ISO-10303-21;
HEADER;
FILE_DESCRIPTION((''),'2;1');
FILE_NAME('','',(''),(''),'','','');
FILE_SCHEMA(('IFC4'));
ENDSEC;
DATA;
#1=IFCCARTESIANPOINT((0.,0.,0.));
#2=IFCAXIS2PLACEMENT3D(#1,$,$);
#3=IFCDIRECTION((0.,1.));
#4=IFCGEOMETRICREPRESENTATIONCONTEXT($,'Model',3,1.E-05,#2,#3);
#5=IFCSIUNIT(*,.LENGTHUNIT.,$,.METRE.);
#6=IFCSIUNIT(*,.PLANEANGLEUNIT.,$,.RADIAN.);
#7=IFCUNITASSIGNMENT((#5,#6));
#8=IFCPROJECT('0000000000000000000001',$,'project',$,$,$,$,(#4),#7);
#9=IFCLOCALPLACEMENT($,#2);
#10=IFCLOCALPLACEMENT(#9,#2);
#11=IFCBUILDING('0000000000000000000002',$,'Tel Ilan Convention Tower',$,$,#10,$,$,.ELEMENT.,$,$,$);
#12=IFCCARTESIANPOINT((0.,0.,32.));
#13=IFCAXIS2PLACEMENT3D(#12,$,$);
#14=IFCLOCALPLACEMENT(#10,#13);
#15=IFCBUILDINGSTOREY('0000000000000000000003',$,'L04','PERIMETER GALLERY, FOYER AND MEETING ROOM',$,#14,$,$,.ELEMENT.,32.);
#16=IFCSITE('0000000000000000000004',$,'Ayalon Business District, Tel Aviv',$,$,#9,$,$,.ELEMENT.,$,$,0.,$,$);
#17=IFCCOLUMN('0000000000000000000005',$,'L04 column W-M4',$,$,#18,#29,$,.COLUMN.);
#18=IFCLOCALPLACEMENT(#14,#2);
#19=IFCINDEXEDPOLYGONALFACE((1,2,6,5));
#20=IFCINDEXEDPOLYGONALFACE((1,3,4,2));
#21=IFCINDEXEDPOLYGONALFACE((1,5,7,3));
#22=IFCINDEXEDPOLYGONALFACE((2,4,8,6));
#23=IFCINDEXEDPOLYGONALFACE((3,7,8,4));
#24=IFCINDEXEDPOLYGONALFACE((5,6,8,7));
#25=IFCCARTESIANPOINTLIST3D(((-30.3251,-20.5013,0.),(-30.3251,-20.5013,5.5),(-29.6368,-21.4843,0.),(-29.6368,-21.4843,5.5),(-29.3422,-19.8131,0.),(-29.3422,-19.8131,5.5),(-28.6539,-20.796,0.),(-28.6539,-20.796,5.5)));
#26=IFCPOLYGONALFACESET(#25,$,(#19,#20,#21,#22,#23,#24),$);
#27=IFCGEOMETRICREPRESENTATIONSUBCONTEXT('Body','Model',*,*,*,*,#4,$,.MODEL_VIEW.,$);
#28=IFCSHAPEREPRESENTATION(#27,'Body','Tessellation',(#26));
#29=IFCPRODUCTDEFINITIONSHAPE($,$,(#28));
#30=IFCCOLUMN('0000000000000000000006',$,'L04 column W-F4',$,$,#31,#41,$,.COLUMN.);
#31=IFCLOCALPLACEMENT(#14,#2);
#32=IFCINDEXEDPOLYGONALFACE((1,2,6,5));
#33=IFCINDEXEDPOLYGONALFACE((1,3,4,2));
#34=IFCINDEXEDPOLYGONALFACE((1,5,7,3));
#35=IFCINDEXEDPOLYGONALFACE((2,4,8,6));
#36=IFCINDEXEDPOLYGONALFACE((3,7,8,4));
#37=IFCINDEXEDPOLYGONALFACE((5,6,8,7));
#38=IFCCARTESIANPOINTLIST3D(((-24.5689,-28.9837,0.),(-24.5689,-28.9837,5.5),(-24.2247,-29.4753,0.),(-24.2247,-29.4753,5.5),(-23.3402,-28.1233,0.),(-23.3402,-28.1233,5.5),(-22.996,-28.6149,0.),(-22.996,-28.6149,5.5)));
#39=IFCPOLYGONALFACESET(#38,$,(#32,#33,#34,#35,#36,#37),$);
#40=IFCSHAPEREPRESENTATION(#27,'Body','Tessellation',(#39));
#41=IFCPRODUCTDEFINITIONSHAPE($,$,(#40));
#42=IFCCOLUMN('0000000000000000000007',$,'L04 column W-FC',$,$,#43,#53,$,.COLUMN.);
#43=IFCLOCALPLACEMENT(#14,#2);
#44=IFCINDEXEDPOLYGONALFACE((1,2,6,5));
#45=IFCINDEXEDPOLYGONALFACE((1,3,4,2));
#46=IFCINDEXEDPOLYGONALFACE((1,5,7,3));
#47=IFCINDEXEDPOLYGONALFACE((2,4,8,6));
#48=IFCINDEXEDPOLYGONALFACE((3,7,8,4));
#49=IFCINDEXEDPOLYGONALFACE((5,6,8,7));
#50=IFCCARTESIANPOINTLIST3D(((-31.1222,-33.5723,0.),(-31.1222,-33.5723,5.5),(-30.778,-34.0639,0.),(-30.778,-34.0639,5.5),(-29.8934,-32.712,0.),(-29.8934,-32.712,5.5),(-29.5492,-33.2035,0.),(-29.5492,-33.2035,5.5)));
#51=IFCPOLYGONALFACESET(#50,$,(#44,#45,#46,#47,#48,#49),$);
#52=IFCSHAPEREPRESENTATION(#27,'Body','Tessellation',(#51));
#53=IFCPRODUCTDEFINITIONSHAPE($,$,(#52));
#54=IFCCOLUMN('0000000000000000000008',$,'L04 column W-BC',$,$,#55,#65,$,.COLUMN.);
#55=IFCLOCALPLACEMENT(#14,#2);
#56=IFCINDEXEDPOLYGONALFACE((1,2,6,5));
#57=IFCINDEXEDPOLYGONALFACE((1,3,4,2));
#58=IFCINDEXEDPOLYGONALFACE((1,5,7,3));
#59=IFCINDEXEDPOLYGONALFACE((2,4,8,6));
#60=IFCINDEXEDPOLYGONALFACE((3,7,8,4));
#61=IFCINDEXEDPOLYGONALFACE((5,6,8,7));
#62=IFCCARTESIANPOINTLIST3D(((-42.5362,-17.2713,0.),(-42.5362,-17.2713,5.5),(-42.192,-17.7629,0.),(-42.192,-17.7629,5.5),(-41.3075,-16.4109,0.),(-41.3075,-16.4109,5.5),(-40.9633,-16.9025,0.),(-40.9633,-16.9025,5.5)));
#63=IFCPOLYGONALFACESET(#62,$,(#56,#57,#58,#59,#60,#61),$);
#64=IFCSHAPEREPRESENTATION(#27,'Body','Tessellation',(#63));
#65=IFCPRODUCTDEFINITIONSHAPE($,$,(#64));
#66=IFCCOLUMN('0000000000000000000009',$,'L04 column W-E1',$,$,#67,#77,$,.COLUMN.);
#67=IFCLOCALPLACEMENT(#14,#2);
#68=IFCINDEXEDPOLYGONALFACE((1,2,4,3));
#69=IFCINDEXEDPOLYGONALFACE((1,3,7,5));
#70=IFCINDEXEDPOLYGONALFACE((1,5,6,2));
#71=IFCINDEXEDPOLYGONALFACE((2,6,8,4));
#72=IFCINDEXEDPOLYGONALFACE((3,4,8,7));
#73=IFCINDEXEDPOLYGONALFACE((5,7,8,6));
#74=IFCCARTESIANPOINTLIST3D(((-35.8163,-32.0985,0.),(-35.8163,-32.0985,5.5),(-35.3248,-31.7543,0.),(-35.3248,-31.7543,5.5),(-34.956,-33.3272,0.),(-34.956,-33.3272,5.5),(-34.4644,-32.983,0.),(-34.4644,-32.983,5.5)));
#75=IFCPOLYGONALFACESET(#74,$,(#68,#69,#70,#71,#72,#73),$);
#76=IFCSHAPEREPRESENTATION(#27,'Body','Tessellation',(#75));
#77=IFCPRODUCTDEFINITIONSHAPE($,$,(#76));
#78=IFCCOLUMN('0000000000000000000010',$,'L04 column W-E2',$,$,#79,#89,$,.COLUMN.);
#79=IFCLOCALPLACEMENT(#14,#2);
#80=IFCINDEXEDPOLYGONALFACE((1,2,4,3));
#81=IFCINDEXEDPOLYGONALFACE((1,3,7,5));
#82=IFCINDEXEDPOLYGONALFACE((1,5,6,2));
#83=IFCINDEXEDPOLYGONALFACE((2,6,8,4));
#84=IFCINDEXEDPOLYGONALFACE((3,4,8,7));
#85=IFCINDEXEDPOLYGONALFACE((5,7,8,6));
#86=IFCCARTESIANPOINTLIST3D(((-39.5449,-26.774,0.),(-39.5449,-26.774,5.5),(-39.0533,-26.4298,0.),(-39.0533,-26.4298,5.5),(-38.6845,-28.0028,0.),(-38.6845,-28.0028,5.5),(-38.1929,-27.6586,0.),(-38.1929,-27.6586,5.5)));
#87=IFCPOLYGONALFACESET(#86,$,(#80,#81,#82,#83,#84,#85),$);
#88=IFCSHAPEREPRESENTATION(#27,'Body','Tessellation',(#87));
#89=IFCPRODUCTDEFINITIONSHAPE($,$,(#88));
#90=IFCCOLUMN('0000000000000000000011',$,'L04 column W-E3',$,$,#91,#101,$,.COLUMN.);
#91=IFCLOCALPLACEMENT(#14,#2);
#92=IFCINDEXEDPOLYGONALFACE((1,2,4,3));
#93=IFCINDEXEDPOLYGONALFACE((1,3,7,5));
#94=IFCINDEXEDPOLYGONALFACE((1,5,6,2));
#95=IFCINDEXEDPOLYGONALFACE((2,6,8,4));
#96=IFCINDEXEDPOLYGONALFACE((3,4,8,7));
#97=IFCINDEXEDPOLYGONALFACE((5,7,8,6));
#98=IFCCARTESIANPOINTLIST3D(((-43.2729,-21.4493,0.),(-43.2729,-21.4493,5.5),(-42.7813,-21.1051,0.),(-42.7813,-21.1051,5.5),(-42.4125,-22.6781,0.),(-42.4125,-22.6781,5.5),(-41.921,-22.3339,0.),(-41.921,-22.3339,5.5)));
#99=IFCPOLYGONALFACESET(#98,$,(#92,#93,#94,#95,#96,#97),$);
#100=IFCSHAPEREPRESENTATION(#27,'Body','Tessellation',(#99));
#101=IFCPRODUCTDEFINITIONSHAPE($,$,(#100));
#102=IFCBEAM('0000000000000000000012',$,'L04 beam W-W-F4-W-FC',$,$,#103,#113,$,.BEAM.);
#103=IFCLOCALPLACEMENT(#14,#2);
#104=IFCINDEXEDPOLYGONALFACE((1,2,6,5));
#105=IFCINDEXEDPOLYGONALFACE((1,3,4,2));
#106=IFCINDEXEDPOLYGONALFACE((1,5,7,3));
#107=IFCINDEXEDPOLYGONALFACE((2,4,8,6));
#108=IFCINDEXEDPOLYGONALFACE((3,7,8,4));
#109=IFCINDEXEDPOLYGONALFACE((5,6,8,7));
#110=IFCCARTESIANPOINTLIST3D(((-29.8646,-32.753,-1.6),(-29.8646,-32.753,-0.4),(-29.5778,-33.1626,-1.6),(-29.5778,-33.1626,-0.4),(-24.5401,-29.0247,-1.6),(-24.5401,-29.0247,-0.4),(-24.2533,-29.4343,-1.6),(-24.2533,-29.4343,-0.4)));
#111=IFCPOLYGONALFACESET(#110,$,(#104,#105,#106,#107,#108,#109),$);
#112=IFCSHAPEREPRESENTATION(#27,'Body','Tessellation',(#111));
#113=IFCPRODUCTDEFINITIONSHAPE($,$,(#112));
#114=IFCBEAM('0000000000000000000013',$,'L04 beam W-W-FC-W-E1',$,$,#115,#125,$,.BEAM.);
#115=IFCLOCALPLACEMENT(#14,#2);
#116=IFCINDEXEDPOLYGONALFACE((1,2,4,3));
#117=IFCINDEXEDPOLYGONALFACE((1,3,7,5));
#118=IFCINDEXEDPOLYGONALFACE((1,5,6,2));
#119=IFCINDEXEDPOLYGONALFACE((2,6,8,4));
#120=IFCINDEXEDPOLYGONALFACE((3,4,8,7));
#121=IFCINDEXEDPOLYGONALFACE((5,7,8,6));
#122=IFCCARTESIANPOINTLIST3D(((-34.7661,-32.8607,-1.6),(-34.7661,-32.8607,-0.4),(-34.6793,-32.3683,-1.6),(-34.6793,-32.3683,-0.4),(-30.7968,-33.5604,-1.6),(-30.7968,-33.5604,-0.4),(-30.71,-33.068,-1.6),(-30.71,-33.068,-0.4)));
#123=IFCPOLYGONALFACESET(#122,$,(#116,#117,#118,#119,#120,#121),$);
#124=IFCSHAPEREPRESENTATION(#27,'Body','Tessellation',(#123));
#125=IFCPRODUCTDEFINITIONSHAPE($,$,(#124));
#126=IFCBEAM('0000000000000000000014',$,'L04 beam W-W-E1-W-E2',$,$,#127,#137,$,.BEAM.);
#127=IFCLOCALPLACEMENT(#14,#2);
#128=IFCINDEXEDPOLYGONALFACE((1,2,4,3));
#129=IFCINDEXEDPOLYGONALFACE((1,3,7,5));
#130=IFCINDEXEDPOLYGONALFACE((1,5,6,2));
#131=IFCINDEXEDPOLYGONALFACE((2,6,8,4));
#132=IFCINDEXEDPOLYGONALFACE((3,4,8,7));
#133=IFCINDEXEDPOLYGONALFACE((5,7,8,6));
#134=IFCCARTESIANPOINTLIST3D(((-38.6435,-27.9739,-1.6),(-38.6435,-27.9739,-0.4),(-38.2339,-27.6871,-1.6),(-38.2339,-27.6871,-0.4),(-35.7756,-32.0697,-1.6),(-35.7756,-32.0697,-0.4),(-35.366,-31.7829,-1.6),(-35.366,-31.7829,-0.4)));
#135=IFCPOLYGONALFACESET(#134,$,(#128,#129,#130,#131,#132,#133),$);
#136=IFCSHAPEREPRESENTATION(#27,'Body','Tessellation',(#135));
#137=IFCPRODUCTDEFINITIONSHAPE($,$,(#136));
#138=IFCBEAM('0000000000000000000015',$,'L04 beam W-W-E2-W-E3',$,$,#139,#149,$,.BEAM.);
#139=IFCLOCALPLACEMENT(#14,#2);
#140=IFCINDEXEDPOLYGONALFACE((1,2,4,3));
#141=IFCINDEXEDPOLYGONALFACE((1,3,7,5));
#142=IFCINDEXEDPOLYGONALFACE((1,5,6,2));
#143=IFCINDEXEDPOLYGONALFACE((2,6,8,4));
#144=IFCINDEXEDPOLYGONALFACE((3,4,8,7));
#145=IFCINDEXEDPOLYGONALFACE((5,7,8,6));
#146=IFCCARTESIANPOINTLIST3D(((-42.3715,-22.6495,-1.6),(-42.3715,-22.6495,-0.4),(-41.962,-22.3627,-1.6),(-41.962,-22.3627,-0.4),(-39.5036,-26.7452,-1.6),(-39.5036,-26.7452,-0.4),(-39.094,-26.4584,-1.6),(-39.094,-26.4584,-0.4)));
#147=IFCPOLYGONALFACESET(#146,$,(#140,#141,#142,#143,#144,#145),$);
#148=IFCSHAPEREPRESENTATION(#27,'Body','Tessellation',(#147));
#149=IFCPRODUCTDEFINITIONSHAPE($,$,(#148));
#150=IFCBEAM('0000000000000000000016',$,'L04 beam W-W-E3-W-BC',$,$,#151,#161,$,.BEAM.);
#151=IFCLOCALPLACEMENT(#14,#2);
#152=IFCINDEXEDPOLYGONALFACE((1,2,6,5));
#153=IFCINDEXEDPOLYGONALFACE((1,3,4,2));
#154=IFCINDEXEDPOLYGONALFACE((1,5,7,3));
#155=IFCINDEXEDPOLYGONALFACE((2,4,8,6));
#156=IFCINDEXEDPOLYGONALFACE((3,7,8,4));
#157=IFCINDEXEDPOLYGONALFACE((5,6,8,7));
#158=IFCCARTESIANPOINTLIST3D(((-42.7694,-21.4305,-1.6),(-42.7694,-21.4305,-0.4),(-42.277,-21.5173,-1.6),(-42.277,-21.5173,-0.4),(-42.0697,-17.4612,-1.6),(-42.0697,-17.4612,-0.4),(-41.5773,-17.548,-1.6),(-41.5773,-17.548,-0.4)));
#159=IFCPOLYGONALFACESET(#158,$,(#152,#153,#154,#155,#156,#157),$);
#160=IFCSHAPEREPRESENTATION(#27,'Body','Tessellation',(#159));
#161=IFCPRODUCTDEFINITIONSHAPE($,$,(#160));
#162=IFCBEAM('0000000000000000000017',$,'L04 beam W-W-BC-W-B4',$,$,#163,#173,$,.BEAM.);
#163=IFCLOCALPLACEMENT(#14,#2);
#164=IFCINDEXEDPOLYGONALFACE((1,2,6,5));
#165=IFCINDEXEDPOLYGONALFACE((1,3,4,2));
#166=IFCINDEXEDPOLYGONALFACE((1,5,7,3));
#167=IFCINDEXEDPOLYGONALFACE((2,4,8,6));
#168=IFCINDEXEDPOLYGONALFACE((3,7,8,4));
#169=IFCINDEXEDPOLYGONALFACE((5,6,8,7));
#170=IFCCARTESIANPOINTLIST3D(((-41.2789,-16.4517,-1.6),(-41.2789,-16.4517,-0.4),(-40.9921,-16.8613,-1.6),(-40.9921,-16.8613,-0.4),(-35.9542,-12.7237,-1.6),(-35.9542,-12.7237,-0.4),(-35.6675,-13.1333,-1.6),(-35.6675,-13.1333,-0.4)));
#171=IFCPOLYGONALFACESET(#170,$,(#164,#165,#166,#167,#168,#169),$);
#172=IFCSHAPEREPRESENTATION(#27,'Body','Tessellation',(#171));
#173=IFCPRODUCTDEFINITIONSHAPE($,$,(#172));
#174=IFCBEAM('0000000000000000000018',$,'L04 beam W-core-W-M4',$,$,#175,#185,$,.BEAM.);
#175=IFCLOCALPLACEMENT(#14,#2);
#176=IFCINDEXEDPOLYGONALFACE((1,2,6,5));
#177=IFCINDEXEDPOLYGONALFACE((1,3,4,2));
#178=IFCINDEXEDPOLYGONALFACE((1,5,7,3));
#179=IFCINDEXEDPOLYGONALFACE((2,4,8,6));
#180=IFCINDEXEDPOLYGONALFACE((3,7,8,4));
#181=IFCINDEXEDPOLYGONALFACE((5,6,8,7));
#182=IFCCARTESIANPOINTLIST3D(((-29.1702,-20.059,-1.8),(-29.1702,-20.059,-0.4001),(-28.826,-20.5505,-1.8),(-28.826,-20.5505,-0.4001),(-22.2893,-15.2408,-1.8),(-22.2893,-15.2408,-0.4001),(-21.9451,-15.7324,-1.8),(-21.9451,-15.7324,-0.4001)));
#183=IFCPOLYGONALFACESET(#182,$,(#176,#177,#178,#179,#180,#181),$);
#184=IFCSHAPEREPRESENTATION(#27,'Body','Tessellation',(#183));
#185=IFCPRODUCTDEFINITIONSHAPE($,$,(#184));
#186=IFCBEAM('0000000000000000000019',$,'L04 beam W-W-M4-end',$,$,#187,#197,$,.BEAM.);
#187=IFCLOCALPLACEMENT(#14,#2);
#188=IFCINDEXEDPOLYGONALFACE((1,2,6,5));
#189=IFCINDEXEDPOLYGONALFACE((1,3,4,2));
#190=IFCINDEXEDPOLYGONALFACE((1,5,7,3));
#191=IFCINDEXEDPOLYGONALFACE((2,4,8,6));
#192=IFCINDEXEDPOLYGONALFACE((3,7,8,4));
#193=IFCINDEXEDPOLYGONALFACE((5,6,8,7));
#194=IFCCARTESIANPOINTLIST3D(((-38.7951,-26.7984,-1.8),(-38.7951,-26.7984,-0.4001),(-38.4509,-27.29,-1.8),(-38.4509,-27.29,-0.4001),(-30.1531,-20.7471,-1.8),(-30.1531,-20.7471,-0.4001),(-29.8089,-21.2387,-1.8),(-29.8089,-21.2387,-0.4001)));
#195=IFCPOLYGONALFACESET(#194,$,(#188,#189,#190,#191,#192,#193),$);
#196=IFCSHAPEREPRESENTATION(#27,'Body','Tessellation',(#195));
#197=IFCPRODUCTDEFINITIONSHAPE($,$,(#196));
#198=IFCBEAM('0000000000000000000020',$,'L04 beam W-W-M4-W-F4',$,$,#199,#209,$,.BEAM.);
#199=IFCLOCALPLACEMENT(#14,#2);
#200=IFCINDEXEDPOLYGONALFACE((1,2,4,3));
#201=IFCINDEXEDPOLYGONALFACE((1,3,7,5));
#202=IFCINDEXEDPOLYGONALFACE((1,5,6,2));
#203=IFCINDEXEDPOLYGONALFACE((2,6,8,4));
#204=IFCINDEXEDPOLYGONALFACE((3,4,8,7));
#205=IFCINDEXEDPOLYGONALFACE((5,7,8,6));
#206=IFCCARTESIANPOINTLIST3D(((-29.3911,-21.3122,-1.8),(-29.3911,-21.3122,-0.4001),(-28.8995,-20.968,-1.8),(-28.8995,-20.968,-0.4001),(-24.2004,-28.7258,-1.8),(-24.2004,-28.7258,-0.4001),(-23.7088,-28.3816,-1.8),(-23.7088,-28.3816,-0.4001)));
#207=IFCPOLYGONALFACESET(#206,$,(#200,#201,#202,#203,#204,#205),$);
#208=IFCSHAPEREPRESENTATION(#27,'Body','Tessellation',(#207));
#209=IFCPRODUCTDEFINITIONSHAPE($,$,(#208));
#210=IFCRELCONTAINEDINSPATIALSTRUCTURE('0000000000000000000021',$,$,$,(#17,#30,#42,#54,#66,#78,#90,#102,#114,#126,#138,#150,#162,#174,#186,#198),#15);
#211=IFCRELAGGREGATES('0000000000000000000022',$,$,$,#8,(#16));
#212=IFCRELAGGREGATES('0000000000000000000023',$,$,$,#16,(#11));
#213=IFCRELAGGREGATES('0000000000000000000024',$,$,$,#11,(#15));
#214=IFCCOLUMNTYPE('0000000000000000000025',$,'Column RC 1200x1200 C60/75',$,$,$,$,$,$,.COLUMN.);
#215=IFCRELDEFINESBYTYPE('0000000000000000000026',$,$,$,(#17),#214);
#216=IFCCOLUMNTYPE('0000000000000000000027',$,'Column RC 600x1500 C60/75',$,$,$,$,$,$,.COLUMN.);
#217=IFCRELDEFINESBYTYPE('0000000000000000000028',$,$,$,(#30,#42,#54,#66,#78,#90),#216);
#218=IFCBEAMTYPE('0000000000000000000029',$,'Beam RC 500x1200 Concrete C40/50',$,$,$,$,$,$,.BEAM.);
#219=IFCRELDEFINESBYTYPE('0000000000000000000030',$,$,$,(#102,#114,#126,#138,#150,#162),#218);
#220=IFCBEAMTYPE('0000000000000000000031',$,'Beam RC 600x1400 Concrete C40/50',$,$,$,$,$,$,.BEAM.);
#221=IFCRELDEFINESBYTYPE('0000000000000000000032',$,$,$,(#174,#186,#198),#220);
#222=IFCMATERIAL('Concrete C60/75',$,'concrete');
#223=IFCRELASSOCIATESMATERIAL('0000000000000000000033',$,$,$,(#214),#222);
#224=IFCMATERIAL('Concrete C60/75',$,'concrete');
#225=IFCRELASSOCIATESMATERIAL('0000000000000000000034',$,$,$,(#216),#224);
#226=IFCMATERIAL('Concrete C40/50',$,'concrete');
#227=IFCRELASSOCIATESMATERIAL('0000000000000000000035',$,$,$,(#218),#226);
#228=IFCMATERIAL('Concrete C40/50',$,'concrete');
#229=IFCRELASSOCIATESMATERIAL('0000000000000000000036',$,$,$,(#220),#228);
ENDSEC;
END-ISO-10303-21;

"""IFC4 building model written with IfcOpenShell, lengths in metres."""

from ifc_helpers import new_model, si_unit, direction, frame, origin, origin_2d, place, context, subcontext, project, spatial, rectangle, extrude, material, material_profile, profile_set, type_object, element, save


model = new_model("IFC4")

# Units and contexts
model_context = context("Model", 3, precision=1e-05, world=origin(), true_north=direction((0.0, 1.0)))
body_context = subcontext(model_context, "Body", "Model", "MODEL_VIEW")
ifc_project = project(units=[si_unit("LENGTHUNIT", "METRE"), si_unit("PLANEANGLEUNIT", "RADIAN")], contexts=[model_context])

# Site, building, storey
site_placement = place(None, origin())
site = spatial("IfcSite", under=ifc_project, at=site_placement, Name="Ayalon Business District, Tel Aviv", CompositionType="ELEMENT", RefElevation=0.0)
building_placement = place(site_placement, origin())
building = spatial("IfcBuilding", under=site, at=building_placement, Name="Tel Ilan Convention Tower", CompositionType="ELEMENT")
storey_placement = place(building_placement, frame((0.0, 0.0, 32.0)))
storey = spatial("IfcBuildingStorey", under=building, at=storey_placement, Name="L04", Description="PERIMETER GALLERY, FOYER AND MEETING ROOM", CompositionType="ELEMENT", Elevation=32.0)

# Columns
ifc_material_1 = material(Name="Concrete C60/75", Category="concrete")
ifc_material_profile_1 = material_profile(ifc_material_1, rectangle(XDim=1.2, YDim=1.2, at=origin_2d()), Name="RC 1200x1200")
ifc_profile_set_1 = profile_set([ifc_material_profile_1], Name="Concrete C60/75")
column_type_1 = type_object("IfcColumnType", Name="Column RC 1200x1200 C60/75", PredefinedType="COLUMN", material=ifc_profile_set_1)
column_placement = place(storey_placement, frame((-29.4895, -20.6487, 0.0), z_axis=(0.0, 0.0, 1.0), x_axis=(-0.819152, -0.573576, 0.0)))
element("IfcColumn", 1, at=column_placement, inside=storey, type_object=column_type_1, Name="L04 column W-M4", PredefinedType="COLUMN", context=body_context, shape_type="SweptSolid", body=[
    extrude(rectangle(XDim=1.2, YDim=1.2, at=origin_2d()), origin(), (0.0, 0.0, 1.0), 5.5),
])
ifc_material_2 = material(Name="Concrete C60/75", Category="concrete")
ifc_material_profile_2 = material_profile(ifc_material_2, rectangle(XDim=1.5, YDim=0.6001, at=origin_2d()), Name="RC 600x1500")
ifc_profile_set_2 = profile_set([ifc_material_profile_2], Name="Concrete C60/75")
column_type_2 = type_object("IfcColumnType", Name="Column RC 600x1500 C60/75", PredefinedType="COLUMN", material=ifc_profile_set_2)
for number, where, z_axis, x_axis, name in (
    (2, (-23.7825, -28.7993, 0.0), (0.0, 0.0, 1.0), (-0.819152, -0.573576, 0.0), "L04 column W-F4"),
    (3, (-30.3357, -33.3879, 0.0), (0.0, 0.0, 1.0), (-0.819152, -0.573576, 0.0), "L04 column W-FC"),
    (4, (-41.7498, -17.0869, 0.0), (0.0, 0.0, 1.0), (-0.819152, -0.573576, 0.0), "L04 column W-BC"),
    (5, (-35.1404, -32.5408, 0.0), (0.0, 0.0, 1.0), (-0.573576, 0.819152, 0.0), "L04 column W-E1"),
    (6, (-38.8689, -27.2163, 0.0), (0.0, 0.0, 1.0), (-0.573576, 0.819152, 0.0), "L04 column W-E2"),
    (7, (-42.5969, -21.8916, 0.0), (0.0, 0.0, 1.0), (-0.573576, 0.819152, 0.0), "L04 column W-E3"),
):
    element("IfcColumn", number, at=place(storey_placement, frame(where, z_axis=z_axis, x_axis=x_axis)), inside=storey, type_object=column_type_2, Name=name, PredefinedType="COLUMN", context=body_context, shape_type="SweptSolid", body=[
        extrude(rectangle(XDim=1.5, YDim=0.6001, at=origin_2d()), origin(), (0.0, 0.0, 1.0), 5.5),
    ])

# Beams
ifc_material_3 = material(Name="Concrete C40/50", Category="concrete")
ifc_material_profile_3 = material_profile(ifc_material_3, rectangle(XDim=0.5, YDim=1.2, at=origin_2d()), Name="RC 500x1200")
ifc_profile_set_3 = profile_set([ifc_material_profile_3], Name="Concrete C40/50")
beam_type_1 = type_object("IfcBeamType", Name="Beam RC 500x1200 Concrete C40/50", PredefinedType="BEAM", material=ifc_profile_set_3)
beam_1_placement = place(storey_placement, frame((-24.3967, -29.2295, -1.0), z_axis=(-0.819149, -0.573581, 0.0), x_axis=(0.573581, -0.819149, 0.0)))
element("IfcBeam", 8, at=beam_1_placement, inside=storey, type_object=beam_type_1, Name="L04 beam W-W-F4-W-FC", PredefinedType="BEAM", context=body_context, shape_type="SweptSolid", body=[
    extrude(rectangle(XDim=0.5, YDim=1.2, at=origin_2d()), origin(), (0.0, 0.0, 1.0), 6.5),
])
beam_2_placement = place(storey_placement, frame((-30.7534, -33.3142, -1.0), z_axis=(-0.984815, 0.173606, 0.0), x_axis=(-0.173606, -0.984815, 0.0)))
element("IfcBeam", 9, at=beam_2_placement, inside=storey, type_object=beam_type_1, Name="L04 beam W-W-FC-W-E1", PredefinedType="BEAM", context=body_context, shape_type="SweptSolid", body=[
    extrude(rectangle(XDim=0.5, YDim=1.2, at=origin_2d()), origin(), (0.0, 0.0, 1.0), 4.0305),
])
for number, where, z_axis, x_axis, name in (
    (10, (-35.5708, -31.9263, -1.0), (-0.573587, 0.819145, 0.0), (-0.819145, -0.573587, 0.0), "L04 beam W-W-E1-W-E2"),
    (11, (-39.2988, -26.6018, -1.0), (-0.573587, 0.819145, 0.0), (-0.819145, -0.573587, 0.0), "L04 beam W-W-E2-W-E3"),
):
    element("IfcBeam", number, at=place(storey_placement, frame(where, z_axis=z_axis, x_axis=x_axis)), inside=storey, type_object=beam_type_1, Name=name, PredefinedType="BEAM", context=body_context, shape_type="SweptSolid", body=[
        extrude(rectangle(XDim=0.5, YDim=1.2, at=origin_2d()), origin(), (0.0, 0.0, 1.0), 5.0),
    ])
beam_3_placement = place(storey_placement, frame((-42.5232, -21.4739, -1.0), z_axis=(0.173606, 0.984815, 0.0), x_axis=(-0.984815, 0.173606, 0.0)))
element("IfcBeam", 12, at=beam_3_placement, inside=storey, type_object=beam_type_1, Name="L04 beam W-W-E3-W-BC", PredefinedType="BEAM", context=body_context, shape_type="SweptSolid", body=[
    extrude(rectangle(XDim=0.5, YDim=1.2, at=origin_2d()), origin(), (0.0, 0.0, 1.0), 4.0305),
])
beam_4_placement = place(storey_placement, frame((-41.1355, -16.6565, -1.0), z_axis=(0.819179, 0.573538, 0.0), x_axis=(-0.573538, 0.819179, 0.0)))
element("IfcBeam", 13, at=beam_4_placement, inside=storey, type_object=beam_type_1, Name="L04 beam W-W-BC-W-B4", PredefinedType="BEAM", context=body_context, shape_type="SweptSolid", body=[
    extrude(rectangle(XDim=0.5, YDim=1.2, at=origin_2d()), origin(), (0.0, 0.0, 1.0), 6.5),
])
ifc_material_4 = material(Name="Concrete C40/50", Category="concrete")
ifc_material_profile_4 = material_profile(ifc_material_4, rectangle(XDim=0.6001, YDim=1.3999, at=origin_2d()), Name="RC 600x1400")
ifc_profile_set_4 = profile_set([ifc_material_profile_4], Name="Concrete C40/50")
beam_type_2 = type_object("IfcBeamType", Name="Beam RC 600x1400 Concrete C40/50", PredefinedType="BEAM", material=ifc_profile_set_4)
beam_5_placement = place(storey_placement, frame((-22.1172, -15.4866, -1.1001), z_axis=(-0.819147, -0.573583, 0.0), x_axis=(0.573583, -0.819147, 0.0)))
element("IfcBeam", 14, at=beam_5_placement, inside=storey, type_object=beam_type_2, Name="L04 beam W-core-W-M4", PredefinedType="BEAM", context=body_context, shape_type="SweptSolid", body=[
    extrude(rectangle(XDim=0.6001, YDim=1.3999, at=origin_2d()), origin(), (0.0, 0.0, 1.0), 8.4001),
])
beam_6_placement = place(storey_placement, frame((-29.981, -20.9929, -1.1001), z_axis=(-0.819151, -0.573577, 0.0), x_axis=(0.573577, -0.819151, 0.0)))
element("IfcBeam", 15, at=beam_6_placement, inside=storey, type_object=beam_type_2, Name="L04 beam W-W-M4-end", PredefinedType="BEAM", context=body_context, shape_type="SweptSolid", body=[
    extrude(rectangle(XDim=0.6001, YDim=1.3999, at=origin_2d()), origin(), (0.0, 0.0, 1.0), 10.55),
])
for number, where, z_axis, x_axis, name in (
    (16, (-29.1453, -21.1401, -1.1001), (0.573549, -0.819171, 0.0), (0.819171, 0.573549, 0.0), "L04 beam W-W-M4-W-F4"),
):
    element("IfcBeam", number, at=place(storey_placement, frame(where, z_axis=z_axis, x_axis=x_axis)), inside=storey, type_object=beam_type_2, Name=name, PredefinedType="BEAM", context=body_context, shape_type="SweptSolid", body=[
        extrude(rectangle(XDim=0.6001, YDim=1.3999, at=origin_2d()), origin(), (0.0, 0.0, 1.0), 9.05),
    ])

save(model, "model.ifc")
